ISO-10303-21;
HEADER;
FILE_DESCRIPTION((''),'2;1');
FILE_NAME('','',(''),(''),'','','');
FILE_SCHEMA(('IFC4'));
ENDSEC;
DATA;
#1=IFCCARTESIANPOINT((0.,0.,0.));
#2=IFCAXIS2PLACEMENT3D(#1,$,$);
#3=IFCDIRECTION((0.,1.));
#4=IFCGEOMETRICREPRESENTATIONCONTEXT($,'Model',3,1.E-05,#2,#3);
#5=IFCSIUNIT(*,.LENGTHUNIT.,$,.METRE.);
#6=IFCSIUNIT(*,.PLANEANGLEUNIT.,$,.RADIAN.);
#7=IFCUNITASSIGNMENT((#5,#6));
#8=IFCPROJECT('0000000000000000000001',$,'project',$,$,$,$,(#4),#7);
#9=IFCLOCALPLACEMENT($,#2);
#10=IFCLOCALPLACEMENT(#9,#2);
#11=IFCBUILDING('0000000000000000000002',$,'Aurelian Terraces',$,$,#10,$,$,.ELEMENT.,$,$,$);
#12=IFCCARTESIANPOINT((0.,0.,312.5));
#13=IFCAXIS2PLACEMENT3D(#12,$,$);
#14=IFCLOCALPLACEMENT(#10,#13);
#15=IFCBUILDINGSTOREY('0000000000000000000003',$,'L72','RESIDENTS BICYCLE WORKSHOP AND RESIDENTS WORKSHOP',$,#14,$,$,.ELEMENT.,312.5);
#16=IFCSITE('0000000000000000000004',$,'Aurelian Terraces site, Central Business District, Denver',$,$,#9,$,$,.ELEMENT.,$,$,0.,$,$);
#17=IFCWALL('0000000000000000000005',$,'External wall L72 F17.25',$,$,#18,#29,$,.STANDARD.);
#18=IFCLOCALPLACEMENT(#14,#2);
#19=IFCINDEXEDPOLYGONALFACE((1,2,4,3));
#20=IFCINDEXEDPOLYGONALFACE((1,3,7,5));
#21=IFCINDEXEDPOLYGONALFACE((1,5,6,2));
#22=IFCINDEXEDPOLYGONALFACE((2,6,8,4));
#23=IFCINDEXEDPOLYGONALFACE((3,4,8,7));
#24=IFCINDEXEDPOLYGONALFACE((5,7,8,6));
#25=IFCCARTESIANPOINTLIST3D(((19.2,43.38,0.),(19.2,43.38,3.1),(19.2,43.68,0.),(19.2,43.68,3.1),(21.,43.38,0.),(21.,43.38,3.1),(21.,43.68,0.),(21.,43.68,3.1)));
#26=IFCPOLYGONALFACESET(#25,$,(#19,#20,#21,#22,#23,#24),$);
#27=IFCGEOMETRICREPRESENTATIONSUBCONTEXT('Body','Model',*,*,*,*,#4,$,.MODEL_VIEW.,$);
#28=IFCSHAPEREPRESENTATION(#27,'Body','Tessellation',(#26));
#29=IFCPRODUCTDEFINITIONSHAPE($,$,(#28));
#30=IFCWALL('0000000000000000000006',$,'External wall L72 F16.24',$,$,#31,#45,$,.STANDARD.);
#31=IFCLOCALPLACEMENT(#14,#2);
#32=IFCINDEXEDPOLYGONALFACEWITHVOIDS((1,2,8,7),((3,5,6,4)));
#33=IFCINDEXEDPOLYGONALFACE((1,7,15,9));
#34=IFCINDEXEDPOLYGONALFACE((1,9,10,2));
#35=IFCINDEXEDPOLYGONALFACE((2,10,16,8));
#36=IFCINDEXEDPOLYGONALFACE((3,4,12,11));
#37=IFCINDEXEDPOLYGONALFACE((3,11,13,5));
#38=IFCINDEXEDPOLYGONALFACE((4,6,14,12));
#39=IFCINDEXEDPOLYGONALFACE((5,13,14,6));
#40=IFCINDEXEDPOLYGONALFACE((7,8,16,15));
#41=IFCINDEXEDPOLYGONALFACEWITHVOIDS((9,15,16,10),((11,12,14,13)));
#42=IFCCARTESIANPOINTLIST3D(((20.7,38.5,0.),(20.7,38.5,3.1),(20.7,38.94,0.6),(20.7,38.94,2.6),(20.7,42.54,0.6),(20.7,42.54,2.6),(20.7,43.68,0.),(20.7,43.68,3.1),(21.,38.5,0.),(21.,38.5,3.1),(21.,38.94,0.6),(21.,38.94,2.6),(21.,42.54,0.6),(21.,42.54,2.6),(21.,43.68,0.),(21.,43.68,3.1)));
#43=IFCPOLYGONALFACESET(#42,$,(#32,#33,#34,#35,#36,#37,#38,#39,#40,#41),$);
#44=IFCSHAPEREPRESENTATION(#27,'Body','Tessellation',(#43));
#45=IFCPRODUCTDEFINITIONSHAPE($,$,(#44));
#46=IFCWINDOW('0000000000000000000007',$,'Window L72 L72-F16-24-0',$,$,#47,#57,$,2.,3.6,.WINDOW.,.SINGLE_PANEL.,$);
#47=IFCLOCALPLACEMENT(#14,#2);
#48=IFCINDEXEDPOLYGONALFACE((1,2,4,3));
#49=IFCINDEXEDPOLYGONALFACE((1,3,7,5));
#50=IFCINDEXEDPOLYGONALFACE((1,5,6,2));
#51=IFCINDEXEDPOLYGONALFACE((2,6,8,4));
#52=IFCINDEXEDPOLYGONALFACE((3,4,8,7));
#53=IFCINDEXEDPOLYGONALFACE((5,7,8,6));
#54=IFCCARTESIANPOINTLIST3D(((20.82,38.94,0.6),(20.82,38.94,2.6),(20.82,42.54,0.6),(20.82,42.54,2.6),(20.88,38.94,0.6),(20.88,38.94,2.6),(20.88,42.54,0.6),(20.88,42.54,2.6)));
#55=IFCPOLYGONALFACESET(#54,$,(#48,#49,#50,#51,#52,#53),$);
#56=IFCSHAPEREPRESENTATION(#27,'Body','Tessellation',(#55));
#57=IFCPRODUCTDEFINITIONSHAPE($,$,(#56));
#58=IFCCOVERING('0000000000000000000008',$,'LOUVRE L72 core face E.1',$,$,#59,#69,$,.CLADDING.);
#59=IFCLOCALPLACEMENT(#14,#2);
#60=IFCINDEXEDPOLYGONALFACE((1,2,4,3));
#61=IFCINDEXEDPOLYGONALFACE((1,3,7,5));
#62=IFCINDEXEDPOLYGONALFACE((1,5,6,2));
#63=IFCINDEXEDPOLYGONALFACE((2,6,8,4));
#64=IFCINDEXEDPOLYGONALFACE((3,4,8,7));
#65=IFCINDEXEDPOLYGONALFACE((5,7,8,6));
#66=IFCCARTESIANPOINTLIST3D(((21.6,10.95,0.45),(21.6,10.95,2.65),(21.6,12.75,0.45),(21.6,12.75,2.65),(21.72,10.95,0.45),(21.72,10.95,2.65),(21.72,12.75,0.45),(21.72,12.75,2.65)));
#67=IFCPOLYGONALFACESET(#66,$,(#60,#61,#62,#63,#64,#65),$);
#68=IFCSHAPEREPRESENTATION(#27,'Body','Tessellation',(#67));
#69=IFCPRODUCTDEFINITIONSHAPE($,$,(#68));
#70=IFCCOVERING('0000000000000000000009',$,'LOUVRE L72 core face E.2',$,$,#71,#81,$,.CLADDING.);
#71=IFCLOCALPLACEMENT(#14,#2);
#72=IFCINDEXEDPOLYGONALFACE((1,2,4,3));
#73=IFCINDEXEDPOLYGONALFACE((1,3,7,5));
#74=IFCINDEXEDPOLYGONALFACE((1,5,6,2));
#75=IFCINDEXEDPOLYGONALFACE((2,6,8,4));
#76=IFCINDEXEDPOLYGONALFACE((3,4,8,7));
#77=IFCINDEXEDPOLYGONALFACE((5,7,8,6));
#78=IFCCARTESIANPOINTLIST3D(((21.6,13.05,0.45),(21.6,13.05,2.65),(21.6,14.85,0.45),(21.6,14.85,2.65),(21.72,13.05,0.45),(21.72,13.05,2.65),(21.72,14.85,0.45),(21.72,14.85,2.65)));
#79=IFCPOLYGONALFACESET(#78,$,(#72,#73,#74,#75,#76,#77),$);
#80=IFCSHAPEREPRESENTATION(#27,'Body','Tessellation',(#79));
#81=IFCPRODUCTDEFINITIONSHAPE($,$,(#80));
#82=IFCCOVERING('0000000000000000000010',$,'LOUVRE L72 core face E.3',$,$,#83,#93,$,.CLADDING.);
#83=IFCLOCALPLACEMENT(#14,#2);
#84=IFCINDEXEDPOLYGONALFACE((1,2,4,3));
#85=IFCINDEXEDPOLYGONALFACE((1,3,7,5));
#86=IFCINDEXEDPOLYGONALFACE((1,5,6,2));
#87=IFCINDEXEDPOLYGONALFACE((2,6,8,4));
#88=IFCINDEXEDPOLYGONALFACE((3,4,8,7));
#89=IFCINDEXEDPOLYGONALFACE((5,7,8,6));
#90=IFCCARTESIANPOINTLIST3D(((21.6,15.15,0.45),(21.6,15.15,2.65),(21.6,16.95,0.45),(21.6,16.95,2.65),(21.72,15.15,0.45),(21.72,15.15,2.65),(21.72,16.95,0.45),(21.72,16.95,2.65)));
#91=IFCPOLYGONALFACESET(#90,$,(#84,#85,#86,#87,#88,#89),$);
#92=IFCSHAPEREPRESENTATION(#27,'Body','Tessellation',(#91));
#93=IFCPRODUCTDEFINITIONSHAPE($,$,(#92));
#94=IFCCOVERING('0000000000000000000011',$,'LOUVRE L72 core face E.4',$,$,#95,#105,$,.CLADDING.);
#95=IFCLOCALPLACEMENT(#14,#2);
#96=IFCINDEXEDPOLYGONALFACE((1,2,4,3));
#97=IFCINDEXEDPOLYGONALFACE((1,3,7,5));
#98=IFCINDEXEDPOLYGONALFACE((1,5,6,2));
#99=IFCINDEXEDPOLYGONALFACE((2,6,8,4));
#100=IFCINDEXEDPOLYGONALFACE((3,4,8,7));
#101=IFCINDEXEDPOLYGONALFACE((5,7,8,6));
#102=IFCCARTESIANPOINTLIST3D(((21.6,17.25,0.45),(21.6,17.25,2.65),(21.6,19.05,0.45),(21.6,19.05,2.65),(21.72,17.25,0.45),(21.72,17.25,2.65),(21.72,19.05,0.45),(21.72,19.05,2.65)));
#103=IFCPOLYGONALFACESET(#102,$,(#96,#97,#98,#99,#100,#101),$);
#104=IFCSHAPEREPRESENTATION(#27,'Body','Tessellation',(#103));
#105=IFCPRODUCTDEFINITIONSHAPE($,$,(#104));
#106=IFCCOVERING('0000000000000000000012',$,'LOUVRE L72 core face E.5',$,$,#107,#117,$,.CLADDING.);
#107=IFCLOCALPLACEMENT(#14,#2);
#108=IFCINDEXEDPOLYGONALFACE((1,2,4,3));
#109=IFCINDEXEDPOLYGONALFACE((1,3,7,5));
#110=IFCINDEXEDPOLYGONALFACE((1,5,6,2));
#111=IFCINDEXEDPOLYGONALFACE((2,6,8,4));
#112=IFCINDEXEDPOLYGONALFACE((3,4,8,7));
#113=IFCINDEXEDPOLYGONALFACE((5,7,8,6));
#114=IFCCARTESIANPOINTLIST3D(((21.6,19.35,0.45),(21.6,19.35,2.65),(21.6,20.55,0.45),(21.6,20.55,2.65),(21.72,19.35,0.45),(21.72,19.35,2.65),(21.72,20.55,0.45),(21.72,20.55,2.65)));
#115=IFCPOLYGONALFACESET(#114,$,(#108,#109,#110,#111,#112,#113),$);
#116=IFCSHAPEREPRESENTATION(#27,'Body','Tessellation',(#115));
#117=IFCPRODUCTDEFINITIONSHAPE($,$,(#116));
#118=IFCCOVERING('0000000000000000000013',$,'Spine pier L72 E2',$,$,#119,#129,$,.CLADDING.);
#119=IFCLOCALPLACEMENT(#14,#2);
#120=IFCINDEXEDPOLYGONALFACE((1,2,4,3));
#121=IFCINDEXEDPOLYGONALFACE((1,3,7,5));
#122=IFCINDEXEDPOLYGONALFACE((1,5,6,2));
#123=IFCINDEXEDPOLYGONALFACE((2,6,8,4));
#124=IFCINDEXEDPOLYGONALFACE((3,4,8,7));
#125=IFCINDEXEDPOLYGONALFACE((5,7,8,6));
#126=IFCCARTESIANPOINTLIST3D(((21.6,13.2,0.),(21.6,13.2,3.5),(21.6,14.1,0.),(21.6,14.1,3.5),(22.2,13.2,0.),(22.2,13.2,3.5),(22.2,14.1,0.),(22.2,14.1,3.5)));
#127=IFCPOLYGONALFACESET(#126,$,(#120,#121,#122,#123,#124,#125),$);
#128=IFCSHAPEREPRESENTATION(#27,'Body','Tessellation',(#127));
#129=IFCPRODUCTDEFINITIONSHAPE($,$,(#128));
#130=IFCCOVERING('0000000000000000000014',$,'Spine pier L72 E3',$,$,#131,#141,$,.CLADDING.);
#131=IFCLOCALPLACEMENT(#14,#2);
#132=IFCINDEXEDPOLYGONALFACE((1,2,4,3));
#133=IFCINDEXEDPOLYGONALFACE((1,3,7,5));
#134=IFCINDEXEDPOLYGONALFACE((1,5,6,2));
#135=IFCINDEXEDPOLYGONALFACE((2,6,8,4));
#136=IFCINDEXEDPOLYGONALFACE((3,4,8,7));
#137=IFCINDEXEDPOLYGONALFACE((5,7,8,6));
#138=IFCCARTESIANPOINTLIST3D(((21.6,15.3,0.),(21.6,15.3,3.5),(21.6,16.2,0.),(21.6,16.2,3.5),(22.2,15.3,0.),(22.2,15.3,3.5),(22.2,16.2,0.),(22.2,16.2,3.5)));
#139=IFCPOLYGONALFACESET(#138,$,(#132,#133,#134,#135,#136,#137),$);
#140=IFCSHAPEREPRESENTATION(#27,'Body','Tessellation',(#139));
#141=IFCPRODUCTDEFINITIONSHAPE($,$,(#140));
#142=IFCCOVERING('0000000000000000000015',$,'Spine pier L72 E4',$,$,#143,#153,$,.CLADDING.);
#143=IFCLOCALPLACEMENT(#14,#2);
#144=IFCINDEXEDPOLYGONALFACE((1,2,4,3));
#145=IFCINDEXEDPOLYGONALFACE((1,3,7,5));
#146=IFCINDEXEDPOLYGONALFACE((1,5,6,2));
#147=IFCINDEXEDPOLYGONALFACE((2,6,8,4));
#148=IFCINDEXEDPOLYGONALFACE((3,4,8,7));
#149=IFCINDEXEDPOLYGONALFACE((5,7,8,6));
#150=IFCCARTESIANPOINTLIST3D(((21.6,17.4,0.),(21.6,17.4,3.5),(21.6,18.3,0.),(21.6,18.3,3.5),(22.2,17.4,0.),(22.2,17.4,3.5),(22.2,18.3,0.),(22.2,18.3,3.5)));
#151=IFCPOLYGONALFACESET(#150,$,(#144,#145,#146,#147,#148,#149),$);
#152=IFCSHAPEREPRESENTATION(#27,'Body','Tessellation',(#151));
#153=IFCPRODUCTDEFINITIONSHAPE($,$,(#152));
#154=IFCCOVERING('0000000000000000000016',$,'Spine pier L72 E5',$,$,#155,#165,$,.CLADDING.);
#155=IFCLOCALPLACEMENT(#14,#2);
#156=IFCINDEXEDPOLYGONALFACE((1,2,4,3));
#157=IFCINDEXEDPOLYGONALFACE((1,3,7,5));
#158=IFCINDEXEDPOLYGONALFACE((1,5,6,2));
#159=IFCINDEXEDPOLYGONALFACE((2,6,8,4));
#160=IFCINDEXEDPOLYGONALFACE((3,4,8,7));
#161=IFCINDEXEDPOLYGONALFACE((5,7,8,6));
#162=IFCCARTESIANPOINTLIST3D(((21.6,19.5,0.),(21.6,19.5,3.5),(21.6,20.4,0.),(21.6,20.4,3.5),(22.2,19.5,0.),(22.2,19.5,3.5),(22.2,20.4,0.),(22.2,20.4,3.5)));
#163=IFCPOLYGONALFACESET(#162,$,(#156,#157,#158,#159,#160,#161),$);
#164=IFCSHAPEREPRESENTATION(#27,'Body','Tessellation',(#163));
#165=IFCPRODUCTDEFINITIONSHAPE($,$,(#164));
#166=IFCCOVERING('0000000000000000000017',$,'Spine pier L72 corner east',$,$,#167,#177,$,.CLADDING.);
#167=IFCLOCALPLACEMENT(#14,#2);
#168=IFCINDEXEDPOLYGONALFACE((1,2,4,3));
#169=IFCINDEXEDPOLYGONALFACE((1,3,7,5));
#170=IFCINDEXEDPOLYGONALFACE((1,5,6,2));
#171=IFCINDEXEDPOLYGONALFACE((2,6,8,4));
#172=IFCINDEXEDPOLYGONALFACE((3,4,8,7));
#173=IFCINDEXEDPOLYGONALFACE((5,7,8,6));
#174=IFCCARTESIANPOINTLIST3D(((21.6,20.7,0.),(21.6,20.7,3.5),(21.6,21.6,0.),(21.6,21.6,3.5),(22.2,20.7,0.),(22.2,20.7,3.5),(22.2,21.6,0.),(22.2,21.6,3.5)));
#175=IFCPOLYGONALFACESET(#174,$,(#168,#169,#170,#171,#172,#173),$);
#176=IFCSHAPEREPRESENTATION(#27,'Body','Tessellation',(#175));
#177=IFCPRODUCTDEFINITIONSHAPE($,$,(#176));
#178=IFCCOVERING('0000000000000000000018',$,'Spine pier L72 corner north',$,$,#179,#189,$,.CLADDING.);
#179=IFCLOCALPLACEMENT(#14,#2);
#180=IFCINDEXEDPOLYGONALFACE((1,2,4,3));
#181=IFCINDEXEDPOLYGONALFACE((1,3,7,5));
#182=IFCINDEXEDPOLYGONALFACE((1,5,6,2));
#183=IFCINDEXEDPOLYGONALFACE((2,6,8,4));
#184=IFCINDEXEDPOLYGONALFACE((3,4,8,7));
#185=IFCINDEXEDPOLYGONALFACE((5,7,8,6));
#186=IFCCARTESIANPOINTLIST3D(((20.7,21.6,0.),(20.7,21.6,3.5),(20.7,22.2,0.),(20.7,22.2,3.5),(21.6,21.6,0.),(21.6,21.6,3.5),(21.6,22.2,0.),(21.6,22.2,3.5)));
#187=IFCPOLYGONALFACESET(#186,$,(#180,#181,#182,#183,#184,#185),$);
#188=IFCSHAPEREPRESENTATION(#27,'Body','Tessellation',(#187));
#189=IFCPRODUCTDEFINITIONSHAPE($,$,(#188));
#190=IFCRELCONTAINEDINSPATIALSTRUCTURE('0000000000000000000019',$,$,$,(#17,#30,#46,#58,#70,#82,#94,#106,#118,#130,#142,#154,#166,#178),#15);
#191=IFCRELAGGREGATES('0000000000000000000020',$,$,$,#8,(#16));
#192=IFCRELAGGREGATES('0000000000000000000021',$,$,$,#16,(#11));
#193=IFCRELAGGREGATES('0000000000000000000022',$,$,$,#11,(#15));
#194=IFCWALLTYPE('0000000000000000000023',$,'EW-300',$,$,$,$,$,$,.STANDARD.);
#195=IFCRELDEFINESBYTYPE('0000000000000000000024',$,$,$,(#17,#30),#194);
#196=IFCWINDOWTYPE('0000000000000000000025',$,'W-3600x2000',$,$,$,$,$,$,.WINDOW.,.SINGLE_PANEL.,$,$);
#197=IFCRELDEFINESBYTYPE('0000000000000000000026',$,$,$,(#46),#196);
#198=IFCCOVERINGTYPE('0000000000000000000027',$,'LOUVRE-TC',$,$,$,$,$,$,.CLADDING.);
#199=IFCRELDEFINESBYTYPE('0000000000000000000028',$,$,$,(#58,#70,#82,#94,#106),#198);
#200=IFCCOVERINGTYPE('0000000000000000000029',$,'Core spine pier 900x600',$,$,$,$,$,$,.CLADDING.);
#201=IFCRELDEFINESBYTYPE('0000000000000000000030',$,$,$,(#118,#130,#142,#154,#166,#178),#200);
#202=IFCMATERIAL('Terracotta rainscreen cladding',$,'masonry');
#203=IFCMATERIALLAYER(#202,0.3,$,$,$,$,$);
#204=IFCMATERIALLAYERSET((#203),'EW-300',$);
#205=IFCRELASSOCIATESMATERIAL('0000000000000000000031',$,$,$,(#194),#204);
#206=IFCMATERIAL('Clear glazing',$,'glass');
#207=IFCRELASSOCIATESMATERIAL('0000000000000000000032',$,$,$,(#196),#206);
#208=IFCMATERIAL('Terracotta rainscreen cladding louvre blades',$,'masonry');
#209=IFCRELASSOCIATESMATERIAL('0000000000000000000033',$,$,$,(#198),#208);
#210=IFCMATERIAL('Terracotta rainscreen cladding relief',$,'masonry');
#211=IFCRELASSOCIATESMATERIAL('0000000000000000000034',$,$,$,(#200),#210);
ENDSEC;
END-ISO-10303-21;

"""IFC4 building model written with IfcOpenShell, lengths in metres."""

from ifc_helpers import new_model, si_unit, direction, frame, frame_2d, origin, origin_2d, place, context, subcontext, project, spatial, rectangle, extrude, source, transform, mapped, material, layer, layer_set, type_object, element, fill, save


model = new_model("IFC4")

# Units and contexts
model_context = context("Model", 3, precision=1e-05, world=origin(), true_north=direction((0.0, 1.0)))
body_context = subcontext(model_context, "Body", "Model", "MODEL_VIEW")
ifc_project = project(units=[si_unit("LENGTHUNIT", "METRE"), si_unit("PLANEANGLEUNIT", "RADIAN")], contexts=[model_context])

# Site, building, storey
site_placement = place(None, origin())
site = spatial("IfcSite", under=ifc_project, at=site_placement, Name="Aurelian Terraces site, Central Business District, Denver", CompositionType="ELEMENT", RefElevation=0.0)
building_placement = place(site_placement, origin())
building = spatial("IfcBuilding", under=site, at=building_placement, Name="Aurelian Terraces", CompositionType="ELEMENT")
storey_placement = place(building_placement, frame((0.0, 0.0, 312.5)))
storey = spatial("IfcBuildingStorey", under=building, at=storey_placement, Name="L72", Description="RESIDENTS BICYCLE WORKSHOP AND RESIDENTS WORKSHOP", CompositionType="ELEMENT", Elevation=312.5)

# Wall
ifc_material_1 = material(Name="Terracotta rainscreen cladding", Category="masonry")
ifc_layer = layer(ifc_material_1, 0.3)
ifc_layer_set = layer_set([ifc_layer], Name="EW-300")
wall_type = type_object("IfcWallType", Name="EW-300", PredefinedType="STANDARD", material=ifc_layer_set)
shared_shape_1 = source(origin(), body_context, "Body", "SweptSolid", [
    extrude(rectangle(XDim=1.8, YDim=0.3, at=frame_2d((0.9, 0.0))), origin(), (0.0, 0.0, 1.0), 3.1),
])
wall_1_placement = place(storey_placement, frame((21.0, 43.53, 0.0), z_axis=(0.0, 0.0, 1.0), x_axis=(-1.0, 0.0, 0.0)))
element("IfcWall", 1, at=wall_1_placement, inside=storey, type_object=wall_type, Name="External wall L72 F17.25", PredefinedType="STANDARD", context=body_context, shape_type="MappedRepresentation", body=[
    mapped(shared_shape_1, transform((0.0, 0.0, 0.0), scale=1.0)),
])

# Wall, opening, window
shared_shape_2 = source(origin(), body_context, "Body", "SweptSolid", [
    extrude(rectangle(XDim=5.18, YDim=0.3, at=frame_2d((2.59, 0.0))), origin(), (0.0, 0.0, 1.0), 3.1),
])
wall_2_placement = place(storey_placement, frame((20.85, 38.5, 0.0), z_axis=(0.0, 0.0, 1.0), x_axis=(0.0, 1.0, 0.0)))
wall_2 = element("IfcWall", 2, at=wall_2_placement, inside=storey, type_object=wall_type, Name="External wall L72 F16.24", PredefinedType="STANDARD", context=body_context, shape_type="MappedRepresentation", body=[
    mapped(shared_shape_2, transform((0.0, 0.0, 0.0), scale=1.0)),
])
shared_shape_3 = source(origin(), body_context, "Body", "SweptSolid", [
    extrude(rectangle(XDim=3.6, YDim=2.0, at=frame_2d((1.8, 1.0))), frame((0.0, 0.16, 0.0), z_axis=(0.0, -1.0, 0.0), x_axis=(1.0, 0.0, 0.0)), (0.0, 0.0, 1.0), 0.32),
])
opening_placement = place(wall_2_placement, frame((0.44, 0.0, 0.6)))
opening = element("IfcOpeningElement", 3, at=opening_placement, cuts=wall_2, PredefinedType="OPENING", context=body_context, shape_type="MappedRepresentation", body=[
    mapped(shared_shape_3, transform((0.0, 0.0, 0.0), scale=1.0)),
])
ifc_material_2 = material(Name="Clear glazing", Category="glass")
window_type = type_object("IfcWindowType", Name="W-3600x2000", PartitioningType="SINGLE_PANEL", PredefinedType="WINDOW", material=ifc_material_2)
shared_shape_4 = source(origin(), body_context, "Body", "SweptSolid", [
    extrude(rectangle(XDim=3.6, YDim=2.0, at=frame_2d((1.8, 1.0))), frame((0.0, 0.03, 0.0), z_axis=(0.0, -1.0, 0.0), x_axis=(1.0, 0.0, 0.0)), (0.0, 0.0, 1.0), 0.06),
])
window_placement = place(opening_placement, origin())
window = element("IfcWindow", 4, at=window_placement, inside=storey, type_object=window_type, Name="Window L72 L72-F16-24-0", OverallHeight=2.0, OverallWidth=3.6, PartitioningType="SINGLE_PANEL", PredefinedType="WINDOW", context=body_context, shape_type="MappedRepresentation", body=[
    mapped(shared_shape_4, transform((0.0, 0.0, 0.0), scale=1.0)),
])
fill(opening, window)

# Coverings
ifc_material_3 = material(Name="Terracotta rainscreen cladding louvre blades", Category="masonry")
covering_type_1 = type_object("IfcCoveringType", Name="LOUVRE-TC", PredefinedType="CLADDING", material=ifc_material_3)
shared_shape_5 = source(origin(), body_context, "Body", "SweptSolid", [
    extrude(rectangle(XDim=0.12, YDim=1.8, at=origin_2d()), origin(), (0.0, 0.0, 1.0), 2.2),
])
for number, where, z_axis, x_axis, name in (
    (5, (21.66, 11.85, 0.45), (0.0, 0.0, 1.0), (1.0, 0.0, 0.0), "LOUVRE L72 core face E.1"),
    (6, (21.66, 13.95, 0.45), (0.0, 0.0, 1.0), (1.0, 0.0, 0.0), "LOUVRE L72 core face E.2"),
    (7, (21.66, 16.05, 0.45), (0.0, 0.0, 1.0), (1.0, 0.0, 0.0), "LOUVRE L72 core face E.3"),
    (8, (21.66, 18.15, 0.45), (0.0, 0.0, 1.0), (1.0, 0.0, 0.0), "LOUVRE L72 core face E.4"),
):
    element("IfcCovering", number, at=place(storey_placement, frame(where, z_axis=z_axis, x_axis=x_axis)), inside=storey, type_object=covering_type_1, Name=name, PredefinedType="CLADDING", context=body_context, shape_type="MappedRepresentation", body=[
        mapped(shared_shape_5, transform((0.0, 0.0, 0.0), scale=1.0)),
    ])
shared_shape_6 = source(origin(), body_context, "Body", "SweptSolid", [
    extrude(rectangle(XDim=0.12, YDim=1.2, at=origin_2d()), origin(), (0.0, 0.0, 1.0), 2.2),
])
covering_1_placement = place(storey_placement, frame((21.66, 19.95, 0.45), z_axis=(0.0, 0.0, 1.0), x_axis=(1.0, 0.0, 0.0)))
element("IfcCovering", 9, at=covering_1_placement, inside=storey, type_object=covering_type_1, Name="LOUVRE L72 core face E.5", PredefinedType="CLADDING", context=body_context, shape_type="MappedRepresentation", body=[
    mapped(shared_shape_6, transform((0.0, 0.0, 0.0), scale=1.0)),
])
ifc_material_4 = material(Name="Terracotta rainscreen cladding relief", Category="masonry")
covering_type_2 = type_object("IfcCoveringType", Name="Core spine pier 900x600", PredefinedType="CLADDING", material=ifc_material_4)
shared_shape_7 = source(origin(), body_context, "Body", "SweptSolid", [
    extrude(rectangle(XDim=0.6, YDim=0.9, at=origin_2d()), origin(), (0.0, 0.0, 1.0), 3.5),
])
for number, where, z_axis, x_axis, name in (
    (10, (21.9, 13.65, 0.0), (0.0, 0.0, 1.0), (1.0, 0.0, 0.0), "Spine pier L72 E2"),
    (11, (21.9, 15.75, 0.0), (0.0, 0.0, 1.0), (1.0, 0.0, 0.0), "Spine pier L72 E3"),
    (12, (21.9, 17.85, 0.0), (0.0, 0.0, 1.0), (1.0, 0.0, 0.0), "Spine pier L72 E4"),
    (13, (21.9, 19.95, 0.0), (0.0, 0.0, 1.0), (1.0, 0.0, 0.0), "Spine pier L72 E5"),
    (14, (21.9, 21.15, 0.0), (0.0, 0.0, 1.0), (1.0, 0.0, 0.0), "Spine pier L72 corner east"),
):
    element("IfcCovering", number, at=place(storey_placement, frame(where, z_axis=z_axis, x_axis=x_axis)), inside=storey, type_object=covering_type_2, Name=name, PredefinedType="CLADDING", context=body_context, shape_type="MappedRepresentation", body=[
        mapped(shared_shape_7, transform((0.0, 0.0, 0.0), scale=1.0)),
    ])
shared_shape_8 = source(origin(), body_context, "Body", "SweptSolid", [
    extrude(rectangle(XDim=0.9, YDim=0.6, at=origin_2d()), origin(), (0.0, 0.0, 1.0), 3.5),
])
covering_2_placement = place(storey_placement, frame((21.15, 21.9, 0.0), z_axis=(0.0, 0.0, 1.0), x_axis=(1.0, 0.0, 0.0)))
element("IfcCovering", 15, at=covering_2_placement, inside=storey, type_object=covering_type_2, Name="Spine pier L72 corner north", PredefinedType="CLADDING", context=body_context, shape_type="MappedRepresentation", body=[
    mapped(shared_shape_8, transform((0.0, 0.0, 0.0), scale=1.0)),
])

save(model, "model.ifc")
